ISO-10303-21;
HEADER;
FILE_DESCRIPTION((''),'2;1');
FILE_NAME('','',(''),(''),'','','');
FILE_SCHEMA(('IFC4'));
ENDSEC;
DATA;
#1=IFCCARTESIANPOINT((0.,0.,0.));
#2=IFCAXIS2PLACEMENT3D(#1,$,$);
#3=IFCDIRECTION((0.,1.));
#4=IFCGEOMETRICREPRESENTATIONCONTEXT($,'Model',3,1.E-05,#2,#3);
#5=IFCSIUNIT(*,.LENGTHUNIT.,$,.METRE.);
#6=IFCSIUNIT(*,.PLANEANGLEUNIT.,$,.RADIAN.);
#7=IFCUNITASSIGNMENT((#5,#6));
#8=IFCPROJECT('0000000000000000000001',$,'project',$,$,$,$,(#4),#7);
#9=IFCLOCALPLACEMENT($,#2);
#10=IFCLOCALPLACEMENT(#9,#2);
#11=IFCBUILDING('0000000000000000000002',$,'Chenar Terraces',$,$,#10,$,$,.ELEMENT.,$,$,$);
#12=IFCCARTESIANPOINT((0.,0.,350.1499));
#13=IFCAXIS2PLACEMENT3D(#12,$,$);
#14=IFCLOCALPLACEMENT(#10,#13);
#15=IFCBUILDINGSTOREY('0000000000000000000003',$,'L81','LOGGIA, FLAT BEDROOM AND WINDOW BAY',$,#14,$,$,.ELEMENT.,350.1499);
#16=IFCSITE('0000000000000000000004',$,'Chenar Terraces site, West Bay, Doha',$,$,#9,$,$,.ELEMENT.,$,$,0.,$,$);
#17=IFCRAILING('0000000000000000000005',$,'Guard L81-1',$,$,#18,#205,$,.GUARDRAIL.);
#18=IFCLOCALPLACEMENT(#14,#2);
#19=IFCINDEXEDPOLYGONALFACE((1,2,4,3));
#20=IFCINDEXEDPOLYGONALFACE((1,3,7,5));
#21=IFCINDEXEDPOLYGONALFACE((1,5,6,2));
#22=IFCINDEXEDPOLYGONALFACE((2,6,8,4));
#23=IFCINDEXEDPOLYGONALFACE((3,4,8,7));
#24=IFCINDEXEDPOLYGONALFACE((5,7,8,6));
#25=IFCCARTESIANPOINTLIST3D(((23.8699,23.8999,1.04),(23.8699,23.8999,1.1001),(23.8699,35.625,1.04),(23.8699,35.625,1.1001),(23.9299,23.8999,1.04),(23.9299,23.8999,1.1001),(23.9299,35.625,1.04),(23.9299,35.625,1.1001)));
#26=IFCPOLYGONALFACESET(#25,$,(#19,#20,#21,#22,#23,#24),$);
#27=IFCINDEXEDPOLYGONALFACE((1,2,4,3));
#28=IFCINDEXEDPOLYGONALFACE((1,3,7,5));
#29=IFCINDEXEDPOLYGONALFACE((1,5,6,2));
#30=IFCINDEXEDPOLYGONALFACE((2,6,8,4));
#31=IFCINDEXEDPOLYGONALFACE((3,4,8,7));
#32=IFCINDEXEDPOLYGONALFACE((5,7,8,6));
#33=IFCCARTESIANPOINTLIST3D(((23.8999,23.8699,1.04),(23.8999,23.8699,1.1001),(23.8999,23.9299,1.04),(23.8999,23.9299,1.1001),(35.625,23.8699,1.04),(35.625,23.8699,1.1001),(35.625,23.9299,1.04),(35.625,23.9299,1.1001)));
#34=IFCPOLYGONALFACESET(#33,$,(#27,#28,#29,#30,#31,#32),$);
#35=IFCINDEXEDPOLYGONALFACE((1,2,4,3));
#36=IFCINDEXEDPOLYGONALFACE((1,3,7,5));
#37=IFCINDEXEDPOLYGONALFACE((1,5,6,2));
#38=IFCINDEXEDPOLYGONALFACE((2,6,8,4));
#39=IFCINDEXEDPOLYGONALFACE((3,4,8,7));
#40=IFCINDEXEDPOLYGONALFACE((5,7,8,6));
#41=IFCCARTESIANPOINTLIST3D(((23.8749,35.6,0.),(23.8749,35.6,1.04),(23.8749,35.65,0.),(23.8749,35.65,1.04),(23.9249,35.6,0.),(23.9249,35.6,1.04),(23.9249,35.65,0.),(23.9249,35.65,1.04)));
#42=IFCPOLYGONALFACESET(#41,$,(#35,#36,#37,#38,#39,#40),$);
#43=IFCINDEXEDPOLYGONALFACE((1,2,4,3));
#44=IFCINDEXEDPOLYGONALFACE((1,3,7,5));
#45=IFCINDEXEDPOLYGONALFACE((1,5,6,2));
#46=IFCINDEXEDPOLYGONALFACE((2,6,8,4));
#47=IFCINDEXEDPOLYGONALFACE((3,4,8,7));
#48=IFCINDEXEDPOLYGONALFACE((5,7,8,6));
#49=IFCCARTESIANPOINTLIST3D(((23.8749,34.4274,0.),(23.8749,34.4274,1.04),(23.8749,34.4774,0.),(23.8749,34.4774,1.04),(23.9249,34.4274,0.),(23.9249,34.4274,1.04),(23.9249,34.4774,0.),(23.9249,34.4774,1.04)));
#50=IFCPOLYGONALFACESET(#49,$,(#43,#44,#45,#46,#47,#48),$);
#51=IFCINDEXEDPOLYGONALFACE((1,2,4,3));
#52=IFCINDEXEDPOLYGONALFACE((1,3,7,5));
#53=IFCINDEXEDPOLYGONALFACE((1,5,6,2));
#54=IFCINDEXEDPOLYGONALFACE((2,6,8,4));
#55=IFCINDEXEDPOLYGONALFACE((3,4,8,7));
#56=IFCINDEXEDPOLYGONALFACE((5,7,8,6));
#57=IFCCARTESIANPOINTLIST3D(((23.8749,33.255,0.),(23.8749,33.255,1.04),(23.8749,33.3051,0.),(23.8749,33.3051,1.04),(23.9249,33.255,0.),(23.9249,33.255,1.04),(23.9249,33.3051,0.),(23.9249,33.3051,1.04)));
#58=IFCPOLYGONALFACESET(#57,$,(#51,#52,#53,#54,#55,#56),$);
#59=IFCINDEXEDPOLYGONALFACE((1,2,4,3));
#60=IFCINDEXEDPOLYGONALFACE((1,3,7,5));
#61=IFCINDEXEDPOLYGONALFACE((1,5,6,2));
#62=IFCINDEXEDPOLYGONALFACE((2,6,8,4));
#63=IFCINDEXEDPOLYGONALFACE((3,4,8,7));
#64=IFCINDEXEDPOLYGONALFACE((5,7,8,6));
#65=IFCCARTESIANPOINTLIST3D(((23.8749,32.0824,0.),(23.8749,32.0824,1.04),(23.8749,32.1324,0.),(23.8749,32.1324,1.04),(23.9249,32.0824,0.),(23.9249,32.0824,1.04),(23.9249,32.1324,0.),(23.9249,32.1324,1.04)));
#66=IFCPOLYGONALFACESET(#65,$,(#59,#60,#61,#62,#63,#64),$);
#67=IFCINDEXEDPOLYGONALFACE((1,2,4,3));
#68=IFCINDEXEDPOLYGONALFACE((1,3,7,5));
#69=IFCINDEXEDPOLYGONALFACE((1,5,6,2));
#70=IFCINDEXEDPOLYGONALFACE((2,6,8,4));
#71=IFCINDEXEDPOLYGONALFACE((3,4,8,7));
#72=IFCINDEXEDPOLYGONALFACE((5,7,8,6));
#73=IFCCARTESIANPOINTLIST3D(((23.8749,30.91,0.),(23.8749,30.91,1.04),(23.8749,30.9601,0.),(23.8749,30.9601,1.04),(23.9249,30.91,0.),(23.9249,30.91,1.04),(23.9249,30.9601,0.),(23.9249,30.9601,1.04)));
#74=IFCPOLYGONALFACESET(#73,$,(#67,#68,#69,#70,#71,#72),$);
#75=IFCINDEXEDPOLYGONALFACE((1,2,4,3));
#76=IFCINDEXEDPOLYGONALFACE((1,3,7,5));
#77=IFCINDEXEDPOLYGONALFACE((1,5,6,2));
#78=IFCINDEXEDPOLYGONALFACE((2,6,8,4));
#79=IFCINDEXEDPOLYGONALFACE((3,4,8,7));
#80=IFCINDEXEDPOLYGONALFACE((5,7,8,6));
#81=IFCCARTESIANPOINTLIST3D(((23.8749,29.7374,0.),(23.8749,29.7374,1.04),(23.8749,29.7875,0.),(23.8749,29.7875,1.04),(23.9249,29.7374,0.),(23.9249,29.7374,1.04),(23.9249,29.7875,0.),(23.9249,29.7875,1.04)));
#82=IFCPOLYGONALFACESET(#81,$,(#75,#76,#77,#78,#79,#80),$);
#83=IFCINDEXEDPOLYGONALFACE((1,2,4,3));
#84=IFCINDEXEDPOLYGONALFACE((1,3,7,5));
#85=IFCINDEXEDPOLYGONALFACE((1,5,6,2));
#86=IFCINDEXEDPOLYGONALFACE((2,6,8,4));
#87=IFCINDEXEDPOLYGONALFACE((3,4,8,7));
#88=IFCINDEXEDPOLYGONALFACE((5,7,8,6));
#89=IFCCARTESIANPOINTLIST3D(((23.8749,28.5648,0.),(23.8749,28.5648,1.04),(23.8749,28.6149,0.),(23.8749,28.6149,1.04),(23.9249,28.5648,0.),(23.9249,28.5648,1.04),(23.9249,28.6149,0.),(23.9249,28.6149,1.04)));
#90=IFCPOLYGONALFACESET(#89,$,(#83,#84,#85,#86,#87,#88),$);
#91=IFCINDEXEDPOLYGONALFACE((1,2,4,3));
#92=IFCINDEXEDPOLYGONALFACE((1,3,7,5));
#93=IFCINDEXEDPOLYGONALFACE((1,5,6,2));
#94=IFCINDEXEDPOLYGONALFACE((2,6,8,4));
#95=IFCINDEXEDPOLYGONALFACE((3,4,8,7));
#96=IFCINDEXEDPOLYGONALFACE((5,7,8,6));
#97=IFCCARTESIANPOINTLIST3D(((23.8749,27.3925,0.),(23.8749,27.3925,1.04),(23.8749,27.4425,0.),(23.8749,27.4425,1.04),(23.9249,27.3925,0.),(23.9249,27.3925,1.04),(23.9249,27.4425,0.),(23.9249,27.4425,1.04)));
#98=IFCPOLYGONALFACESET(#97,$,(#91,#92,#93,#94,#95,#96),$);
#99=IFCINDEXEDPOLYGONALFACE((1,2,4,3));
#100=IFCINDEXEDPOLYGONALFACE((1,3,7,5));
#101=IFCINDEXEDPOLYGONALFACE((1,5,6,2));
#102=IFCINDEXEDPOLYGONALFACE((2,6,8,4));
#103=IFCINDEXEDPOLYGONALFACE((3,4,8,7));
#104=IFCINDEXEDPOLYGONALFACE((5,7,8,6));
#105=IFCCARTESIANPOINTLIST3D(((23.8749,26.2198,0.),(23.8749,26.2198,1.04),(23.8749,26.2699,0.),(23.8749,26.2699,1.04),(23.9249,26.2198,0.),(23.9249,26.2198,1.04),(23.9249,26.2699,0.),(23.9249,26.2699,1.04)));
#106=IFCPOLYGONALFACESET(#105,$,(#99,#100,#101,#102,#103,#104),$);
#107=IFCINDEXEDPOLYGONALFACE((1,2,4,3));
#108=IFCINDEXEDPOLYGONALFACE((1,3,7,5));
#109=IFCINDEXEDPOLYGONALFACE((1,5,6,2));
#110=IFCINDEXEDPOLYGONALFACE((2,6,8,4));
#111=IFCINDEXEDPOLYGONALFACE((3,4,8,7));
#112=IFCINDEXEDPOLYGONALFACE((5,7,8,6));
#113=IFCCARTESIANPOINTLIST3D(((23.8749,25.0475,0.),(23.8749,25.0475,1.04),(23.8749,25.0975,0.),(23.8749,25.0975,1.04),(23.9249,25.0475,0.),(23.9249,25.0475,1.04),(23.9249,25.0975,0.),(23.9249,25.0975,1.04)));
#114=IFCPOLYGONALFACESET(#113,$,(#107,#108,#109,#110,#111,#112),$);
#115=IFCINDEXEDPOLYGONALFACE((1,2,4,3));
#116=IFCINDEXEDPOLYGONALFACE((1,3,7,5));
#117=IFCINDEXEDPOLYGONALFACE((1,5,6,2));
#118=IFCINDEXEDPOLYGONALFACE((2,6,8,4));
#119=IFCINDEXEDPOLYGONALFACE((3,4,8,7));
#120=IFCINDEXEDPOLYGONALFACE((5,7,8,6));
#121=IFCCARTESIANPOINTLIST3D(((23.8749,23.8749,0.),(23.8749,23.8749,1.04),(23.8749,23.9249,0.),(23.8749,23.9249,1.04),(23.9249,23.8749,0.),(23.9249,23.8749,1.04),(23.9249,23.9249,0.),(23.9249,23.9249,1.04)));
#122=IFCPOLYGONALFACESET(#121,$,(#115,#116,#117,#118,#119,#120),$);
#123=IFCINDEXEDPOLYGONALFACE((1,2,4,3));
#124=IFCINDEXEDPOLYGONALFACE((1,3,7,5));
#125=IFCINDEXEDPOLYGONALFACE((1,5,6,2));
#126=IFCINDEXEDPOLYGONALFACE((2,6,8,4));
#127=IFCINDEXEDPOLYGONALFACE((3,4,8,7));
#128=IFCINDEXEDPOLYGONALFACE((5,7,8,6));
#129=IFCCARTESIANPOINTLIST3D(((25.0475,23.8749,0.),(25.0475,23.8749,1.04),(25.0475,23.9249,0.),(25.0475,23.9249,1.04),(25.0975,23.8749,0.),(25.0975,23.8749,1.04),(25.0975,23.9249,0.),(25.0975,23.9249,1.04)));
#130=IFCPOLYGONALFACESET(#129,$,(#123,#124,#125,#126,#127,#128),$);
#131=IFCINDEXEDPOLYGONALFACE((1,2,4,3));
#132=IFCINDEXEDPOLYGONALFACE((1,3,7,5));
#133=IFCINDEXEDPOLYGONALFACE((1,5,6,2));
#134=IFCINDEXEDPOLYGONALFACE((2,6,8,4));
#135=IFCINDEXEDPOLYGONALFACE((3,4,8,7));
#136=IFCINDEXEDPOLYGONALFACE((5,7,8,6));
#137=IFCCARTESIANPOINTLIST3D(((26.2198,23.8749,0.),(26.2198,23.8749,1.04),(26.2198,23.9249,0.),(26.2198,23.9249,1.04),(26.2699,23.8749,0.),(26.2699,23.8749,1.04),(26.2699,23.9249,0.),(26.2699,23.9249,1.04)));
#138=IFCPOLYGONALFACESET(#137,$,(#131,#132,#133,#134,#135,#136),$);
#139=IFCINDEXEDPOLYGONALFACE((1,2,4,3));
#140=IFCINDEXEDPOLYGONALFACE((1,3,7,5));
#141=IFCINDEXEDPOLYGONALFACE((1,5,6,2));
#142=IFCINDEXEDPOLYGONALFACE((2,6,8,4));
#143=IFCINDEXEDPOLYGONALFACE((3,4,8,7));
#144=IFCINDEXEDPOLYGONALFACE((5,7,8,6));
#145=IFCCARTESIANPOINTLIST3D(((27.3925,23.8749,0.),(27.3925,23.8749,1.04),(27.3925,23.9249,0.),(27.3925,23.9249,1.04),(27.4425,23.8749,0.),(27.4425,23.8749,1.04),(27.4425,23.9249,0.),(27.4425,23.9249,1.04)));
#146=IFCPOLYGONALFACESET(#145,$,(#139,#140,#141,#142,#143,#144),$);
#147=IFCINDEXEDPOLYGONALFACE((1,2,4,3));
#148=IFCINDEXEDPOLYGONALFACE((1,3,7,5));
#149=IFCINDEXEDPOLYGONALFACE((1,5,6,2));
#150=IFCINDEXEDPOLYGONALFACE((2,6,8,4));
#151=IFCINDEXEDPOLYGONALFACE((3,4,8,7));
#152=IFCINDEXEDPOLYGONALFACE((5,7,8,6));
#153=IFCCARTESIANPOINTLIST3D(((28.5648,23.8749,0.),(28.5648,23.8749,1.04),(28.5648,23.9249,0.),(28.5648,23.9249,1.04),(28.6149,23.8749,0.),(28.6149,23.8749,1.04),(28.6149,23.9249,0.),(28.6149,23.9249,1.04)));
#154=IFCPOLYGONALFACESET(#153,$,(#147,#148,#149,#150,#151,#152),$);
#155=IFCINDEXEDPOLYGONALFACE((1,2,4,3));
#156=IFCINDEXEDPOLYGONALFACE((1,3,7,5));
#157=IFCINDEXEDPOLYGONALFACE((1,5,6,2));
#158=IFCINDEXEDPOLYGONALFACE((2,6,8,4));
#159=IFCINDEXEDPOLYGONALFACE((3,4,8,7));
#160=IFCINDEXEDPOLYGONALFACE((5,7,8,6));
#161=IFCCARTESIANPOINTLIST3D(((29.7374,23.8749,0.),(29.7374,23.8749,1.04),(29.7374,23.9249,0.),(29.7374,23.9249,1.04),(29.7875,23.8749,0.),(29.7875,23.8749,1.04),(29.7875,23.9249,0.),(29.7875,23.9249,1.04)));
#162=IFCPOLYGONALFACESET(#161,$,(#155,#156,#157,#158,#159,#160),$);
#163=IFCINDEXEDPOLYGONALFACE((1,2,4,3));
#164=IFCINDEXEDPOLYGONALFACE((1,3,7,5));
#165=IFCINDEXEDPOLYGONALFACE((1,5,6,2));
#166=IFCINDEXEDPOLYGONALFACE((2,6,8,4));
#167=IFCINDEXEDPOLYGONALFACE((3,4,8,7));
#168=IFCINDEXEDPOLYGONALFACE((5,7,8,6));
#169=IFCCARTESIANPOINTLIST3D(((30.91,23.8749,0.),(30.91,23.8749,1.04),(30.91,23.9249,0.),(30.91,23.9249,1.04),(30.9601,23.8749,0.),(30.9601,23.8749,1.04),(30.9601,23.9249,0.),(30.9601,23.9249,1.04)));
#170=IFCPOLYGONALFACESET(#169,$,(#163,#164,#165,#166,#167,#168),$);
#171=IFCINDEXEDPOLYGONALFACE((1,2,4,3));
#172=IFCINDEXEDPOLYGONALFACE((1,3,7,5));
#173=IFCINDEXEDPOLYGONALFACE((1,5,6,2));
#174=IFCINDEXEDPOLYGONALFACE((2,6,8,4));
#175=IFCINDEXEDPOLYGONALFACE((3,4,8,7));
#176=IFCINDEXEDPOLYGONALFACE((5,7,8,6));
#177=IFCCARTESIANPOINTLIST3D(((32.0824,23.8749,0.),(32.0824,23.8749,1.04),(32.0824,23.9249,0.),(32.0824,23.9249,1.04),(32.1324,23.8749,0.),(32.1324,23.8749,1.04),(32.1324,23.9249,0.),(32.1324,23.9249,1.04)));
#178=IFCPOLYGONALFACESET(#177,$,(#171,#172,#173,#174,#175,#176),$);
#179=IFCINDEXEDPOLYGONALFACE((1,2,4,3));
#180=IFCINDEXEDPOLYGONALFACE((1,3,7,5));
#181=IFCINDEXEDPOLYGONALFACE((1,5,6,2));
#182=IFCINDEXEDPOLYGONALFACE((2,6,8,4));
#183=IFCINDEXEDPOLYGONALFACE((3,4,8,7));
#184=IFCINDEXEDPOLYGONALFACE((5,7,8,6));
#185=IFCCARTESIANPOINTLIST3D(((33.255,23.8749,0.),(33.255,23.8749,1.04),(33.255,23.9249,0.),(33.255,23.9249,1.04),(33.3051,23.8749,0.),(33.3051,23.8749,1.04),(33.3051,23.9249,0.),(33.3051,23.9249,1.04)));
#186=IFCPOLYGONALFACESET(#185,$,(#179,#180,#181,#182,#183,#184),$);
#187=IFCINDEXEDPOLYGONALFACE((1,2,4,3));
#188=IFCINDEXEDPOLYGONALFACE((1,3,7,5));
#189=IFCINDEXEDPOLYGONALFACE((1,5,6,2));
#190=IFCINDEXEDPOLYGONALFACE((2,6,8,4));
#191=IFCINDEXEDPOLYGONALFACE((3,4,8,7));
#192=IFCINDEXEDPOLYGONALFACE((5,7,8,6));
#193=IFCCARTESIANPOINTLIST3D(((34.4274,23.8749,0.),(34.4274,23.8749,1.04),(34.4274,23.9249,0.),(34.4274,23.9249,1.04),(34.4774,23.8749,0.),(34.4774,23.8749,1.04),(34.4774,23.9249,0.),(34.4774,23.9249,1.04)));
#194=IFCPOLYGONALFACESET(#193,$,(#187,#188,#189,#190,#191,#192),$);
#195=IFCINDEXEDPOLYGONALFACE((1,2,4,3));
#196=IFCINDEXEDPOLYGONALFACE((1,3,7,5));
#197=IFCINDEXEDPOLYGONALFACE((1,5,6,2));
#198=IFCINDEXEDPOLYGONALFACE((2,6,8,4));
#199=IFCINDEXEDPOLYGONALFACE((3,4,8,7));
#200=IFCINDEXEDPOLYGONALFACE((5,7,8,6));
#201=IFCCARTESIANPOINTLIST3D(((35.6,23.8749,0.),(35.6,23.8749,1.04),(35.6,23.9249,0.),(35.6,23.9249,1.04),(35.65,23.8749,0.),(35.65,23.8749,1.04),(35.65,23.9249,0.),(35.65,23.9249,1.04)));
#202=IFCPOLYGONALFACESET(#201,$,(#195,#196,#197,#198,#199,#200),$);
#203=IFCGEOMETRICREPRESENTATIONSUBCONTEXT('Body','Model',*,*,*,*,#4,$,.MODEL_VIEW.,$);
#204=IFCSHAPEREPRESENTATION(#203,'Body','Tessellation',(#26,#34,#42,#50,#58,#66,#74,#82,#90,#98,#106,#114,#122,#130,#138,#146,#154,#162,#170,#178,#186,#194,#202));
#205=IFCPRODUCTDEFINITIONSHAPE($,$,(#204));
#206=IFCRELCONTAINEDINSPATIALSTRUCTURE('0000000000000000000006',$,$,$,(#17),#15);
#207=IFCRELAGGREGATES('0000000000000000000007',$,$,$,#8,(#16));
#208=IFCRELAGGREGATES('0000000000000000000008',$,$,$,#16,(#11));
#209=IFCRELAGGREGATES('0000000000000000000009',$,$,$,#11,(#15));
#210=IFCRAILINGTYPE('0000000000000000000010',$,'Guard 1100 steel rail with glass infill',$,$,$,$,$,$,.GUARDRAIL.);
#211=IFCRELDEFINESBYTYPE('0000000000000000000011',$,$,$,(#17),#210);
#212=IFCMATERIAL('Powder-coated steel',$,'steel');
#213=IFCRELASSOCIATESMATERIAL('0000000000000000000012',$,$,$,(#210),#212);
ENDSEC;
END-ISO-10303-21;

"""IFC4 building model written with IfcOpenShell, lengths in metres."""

from ifc_helpers import new_model, si_unit, direction, frame, origin, origin_2d, place, context, subcontext, project, spatial, rectangle, extrude, material, type_object, element, save


model = new_model("IFC4")

# Units and contexts
model_context = context("Model", 3, precision=1e-05, world=origin(), true_north=direction((0.0, 1.0)))
body_context = subcontext(model_context, "Body", "Model", "MODEL_VIEW")
ifc_project = project(units=[si_unit("LENGTHUNIT", "METRE"), si_unit("PLANEANGLEUNIT", "RADIAN")], contexts=[model_context])

# Site, building, storey
site_placement = place(None, origin())
site = spatial("IfcSite", under=ifc_project, at=site_placement, Name="Chenar Terraces site, West Bay, Doha", CompositionType="ELEMENT", RefElevation=0.0)
building_placement = place(site_placement, origin())
building = spatial("IfcBuilding", under=site, at=building_placement, Name="Chenar Terraces", CompositionType="ELEMENT")
storey_placement = place(building_placement, frame((0.0, 0.0, 350.1499)))
storey = spatial("IfcBuildingStorey", under=building, at=storey_placement, Name="L81", Description="LOGGIA, FLAT BEDROOM AND WINDOW BAY", CompositionType="ELEMENT", Elevation=350.1499)

# Railing
ifc_material_1 = material(Name="Powder-coated steel", Category="steel")
railing_type = type_object("IfcRailingType", Name="Guard 1100 steel rail with glass infill", PredefinedType="GUARDRAIL", material=ifc_material_1)
railing_placement = place(storey_placement, frame((23.8999, 35.625, 0.0)))
element("IfcRailing", 1, at=railing_placement, inside=storey, type_object=railing_type, Name="Guard L81-1", PredefinedType="GUARDRAIL", context=body_context, shape_type="SweptSolid", body=[
    extrude(rectangle(XDim=0.0601, YDim=0.0601, at=origin_2d()), frame((0.0, 0.0, 1.0701), z_axis=(0.0, -1.0, 0.0), x_axis=(1.0, 0.0, 0.0)), (0.0, 0.0, 1.0), 11.7251),
    extrude(rectangle(XDim=0.0601, YDim=0.0601, at=origin_2d()), frame((0.0, -11.7251, 1.0701), z_axis=(1.0, 0.0, 0.0), x_axis=(0.0, 1.0, 0.0)), (0.0, 0.0, 1.0), 11.7251),
    extrude(rectangle(XDim=0.05, YDim=0.05, at=origin_2d()), origin(), (0.0, 0.0, 1.0), 1.04),
    extrude(rectangle(XDim=0.05, YDim=0.05, at=origin_2d()), frame((0.0, -1.1726, 0.0)), (0.0, 0.0, 1.0), 1.04),
    extrude(rectangle(XDim=0.05, YDim=0.05, at=origin_2d()), frame((0.0, -2.345, 0.0)), (0.0, 0.0, 1.0), 1.04),
    extrude(rectangle(XDim=0.05, YDim=0.05, at=origin_2d()), frame((0.0, -3.5176, 0.0)), (0.0, 0.0, 1.0), 1.04),
    extrude(rectangle(XDim=0.05, YDim=0.05, at=origin_2d()), frame((0.0, -4.6899, 0.0)), (0.0, 0.0, 1.0), 1.04),
    extrude(rectangle(XDim=0.05, YDim=0.05, at=origin_2d()), frame((0.0, -5.8625, 0.0)), (0.0, 0.0, 1.0), 1.04),
    extrude(rectangle(XDim=0.05, YDim=0.05, at=origin_2d()), frame((0.0, -7.0352, 0.0)), (0.0, 0.0, 1.0), 1.04),
    extrude(rectangle(XDim=0.05, YDim=0.05, at=origin_2d()), frame((0.0, -8.2075, 0.0)), (0.0, 0.0, 1.0), 1.04),
    extrude(rectangle(XDim=0.05, YDim=0.05, at=origin_2d()), frame((0.0, -9.3801, 0.0)), (0.0, 0.0, 1.0), 1.04),
    extrude(rectangle(XDim=0.05, YDim=0.05, at=origin_2d()), frame((0.0, -10.5525, 0.0)), (0.0, 0.0, 1.0), 1.04),
    extrude(rectangle(XDim=0.05, YDim=0.05, at=origin_2d()), frame((0.0, -11.7251, 0.0)), (0.0, 0.0, 1.0), 1.04),
    extrude(rectangle(XDim=0.05, YDim=0.05, at=origin_2d()), frame((1.1726, -11.7251, 0.0)), (0.0, 0.0, 1.0), 1.04),
    extrude(rectangle(XDim=0.05, YDim=0.05, at=origin_2d()), frame((2.345, -11.7251, 0.0)), (0.0, 0.0, 1.0), 1.04),
    extrude(rectangle(XDim=0.05, YDim=0.05, at=origin_2d()), frame((3.5176, -11.7251, 0.0)), (0.0, 0.0, 1.0), 1.04),
    extrude(rectangle(XDim=0.05, YDim=0.05, at=origin_2d()), frame((4.6899, -11.7251, 0.0)), (0.0, 0.0, 1.0), 1.04),
    extrude(rectangle(XDim=0.05, YDim=0.05, at=origin_2d()), frame((5.8625, -11.7251, 0.0)), (0.0, 0.0, 1.0), 1.04),
    extrude(rectangle(XDim=0.05, YDim=0.05, at=origin_2d()), frame((7.0352, -11.7251, 0.0)), (0.0, 0.0, 1.0), 1.04),
    extrude(rectangle(XDim=0.05, YDim=0.05, at=origin_2d()), frame((8.2075, -11.7251, 0.0)), (0.0, 0.0, 1.0), 1.04),
    extrude(rectangle(XDim=0.05, YDim=0.05, at=origin_2d()), frame((9.3801, -11.7251, 0.0)), (0.0, 0.0, 1.0), 1.04),
    extrude(rectangle(XDim=0.05, YDim=0.05, at=origin_2d()), frame((10.5525, -11.7251, 0.0)), (0.0, 0.0, 1.0), 1.04),
    extrude(rectangle(XDim=0.05, YDim=0.05, at=origin_2d()), frame((11.7251, -11.7251, 0.0)), (0.0, 0.0, 1.0), 1.04),
])

save(model, "model.ifc")
